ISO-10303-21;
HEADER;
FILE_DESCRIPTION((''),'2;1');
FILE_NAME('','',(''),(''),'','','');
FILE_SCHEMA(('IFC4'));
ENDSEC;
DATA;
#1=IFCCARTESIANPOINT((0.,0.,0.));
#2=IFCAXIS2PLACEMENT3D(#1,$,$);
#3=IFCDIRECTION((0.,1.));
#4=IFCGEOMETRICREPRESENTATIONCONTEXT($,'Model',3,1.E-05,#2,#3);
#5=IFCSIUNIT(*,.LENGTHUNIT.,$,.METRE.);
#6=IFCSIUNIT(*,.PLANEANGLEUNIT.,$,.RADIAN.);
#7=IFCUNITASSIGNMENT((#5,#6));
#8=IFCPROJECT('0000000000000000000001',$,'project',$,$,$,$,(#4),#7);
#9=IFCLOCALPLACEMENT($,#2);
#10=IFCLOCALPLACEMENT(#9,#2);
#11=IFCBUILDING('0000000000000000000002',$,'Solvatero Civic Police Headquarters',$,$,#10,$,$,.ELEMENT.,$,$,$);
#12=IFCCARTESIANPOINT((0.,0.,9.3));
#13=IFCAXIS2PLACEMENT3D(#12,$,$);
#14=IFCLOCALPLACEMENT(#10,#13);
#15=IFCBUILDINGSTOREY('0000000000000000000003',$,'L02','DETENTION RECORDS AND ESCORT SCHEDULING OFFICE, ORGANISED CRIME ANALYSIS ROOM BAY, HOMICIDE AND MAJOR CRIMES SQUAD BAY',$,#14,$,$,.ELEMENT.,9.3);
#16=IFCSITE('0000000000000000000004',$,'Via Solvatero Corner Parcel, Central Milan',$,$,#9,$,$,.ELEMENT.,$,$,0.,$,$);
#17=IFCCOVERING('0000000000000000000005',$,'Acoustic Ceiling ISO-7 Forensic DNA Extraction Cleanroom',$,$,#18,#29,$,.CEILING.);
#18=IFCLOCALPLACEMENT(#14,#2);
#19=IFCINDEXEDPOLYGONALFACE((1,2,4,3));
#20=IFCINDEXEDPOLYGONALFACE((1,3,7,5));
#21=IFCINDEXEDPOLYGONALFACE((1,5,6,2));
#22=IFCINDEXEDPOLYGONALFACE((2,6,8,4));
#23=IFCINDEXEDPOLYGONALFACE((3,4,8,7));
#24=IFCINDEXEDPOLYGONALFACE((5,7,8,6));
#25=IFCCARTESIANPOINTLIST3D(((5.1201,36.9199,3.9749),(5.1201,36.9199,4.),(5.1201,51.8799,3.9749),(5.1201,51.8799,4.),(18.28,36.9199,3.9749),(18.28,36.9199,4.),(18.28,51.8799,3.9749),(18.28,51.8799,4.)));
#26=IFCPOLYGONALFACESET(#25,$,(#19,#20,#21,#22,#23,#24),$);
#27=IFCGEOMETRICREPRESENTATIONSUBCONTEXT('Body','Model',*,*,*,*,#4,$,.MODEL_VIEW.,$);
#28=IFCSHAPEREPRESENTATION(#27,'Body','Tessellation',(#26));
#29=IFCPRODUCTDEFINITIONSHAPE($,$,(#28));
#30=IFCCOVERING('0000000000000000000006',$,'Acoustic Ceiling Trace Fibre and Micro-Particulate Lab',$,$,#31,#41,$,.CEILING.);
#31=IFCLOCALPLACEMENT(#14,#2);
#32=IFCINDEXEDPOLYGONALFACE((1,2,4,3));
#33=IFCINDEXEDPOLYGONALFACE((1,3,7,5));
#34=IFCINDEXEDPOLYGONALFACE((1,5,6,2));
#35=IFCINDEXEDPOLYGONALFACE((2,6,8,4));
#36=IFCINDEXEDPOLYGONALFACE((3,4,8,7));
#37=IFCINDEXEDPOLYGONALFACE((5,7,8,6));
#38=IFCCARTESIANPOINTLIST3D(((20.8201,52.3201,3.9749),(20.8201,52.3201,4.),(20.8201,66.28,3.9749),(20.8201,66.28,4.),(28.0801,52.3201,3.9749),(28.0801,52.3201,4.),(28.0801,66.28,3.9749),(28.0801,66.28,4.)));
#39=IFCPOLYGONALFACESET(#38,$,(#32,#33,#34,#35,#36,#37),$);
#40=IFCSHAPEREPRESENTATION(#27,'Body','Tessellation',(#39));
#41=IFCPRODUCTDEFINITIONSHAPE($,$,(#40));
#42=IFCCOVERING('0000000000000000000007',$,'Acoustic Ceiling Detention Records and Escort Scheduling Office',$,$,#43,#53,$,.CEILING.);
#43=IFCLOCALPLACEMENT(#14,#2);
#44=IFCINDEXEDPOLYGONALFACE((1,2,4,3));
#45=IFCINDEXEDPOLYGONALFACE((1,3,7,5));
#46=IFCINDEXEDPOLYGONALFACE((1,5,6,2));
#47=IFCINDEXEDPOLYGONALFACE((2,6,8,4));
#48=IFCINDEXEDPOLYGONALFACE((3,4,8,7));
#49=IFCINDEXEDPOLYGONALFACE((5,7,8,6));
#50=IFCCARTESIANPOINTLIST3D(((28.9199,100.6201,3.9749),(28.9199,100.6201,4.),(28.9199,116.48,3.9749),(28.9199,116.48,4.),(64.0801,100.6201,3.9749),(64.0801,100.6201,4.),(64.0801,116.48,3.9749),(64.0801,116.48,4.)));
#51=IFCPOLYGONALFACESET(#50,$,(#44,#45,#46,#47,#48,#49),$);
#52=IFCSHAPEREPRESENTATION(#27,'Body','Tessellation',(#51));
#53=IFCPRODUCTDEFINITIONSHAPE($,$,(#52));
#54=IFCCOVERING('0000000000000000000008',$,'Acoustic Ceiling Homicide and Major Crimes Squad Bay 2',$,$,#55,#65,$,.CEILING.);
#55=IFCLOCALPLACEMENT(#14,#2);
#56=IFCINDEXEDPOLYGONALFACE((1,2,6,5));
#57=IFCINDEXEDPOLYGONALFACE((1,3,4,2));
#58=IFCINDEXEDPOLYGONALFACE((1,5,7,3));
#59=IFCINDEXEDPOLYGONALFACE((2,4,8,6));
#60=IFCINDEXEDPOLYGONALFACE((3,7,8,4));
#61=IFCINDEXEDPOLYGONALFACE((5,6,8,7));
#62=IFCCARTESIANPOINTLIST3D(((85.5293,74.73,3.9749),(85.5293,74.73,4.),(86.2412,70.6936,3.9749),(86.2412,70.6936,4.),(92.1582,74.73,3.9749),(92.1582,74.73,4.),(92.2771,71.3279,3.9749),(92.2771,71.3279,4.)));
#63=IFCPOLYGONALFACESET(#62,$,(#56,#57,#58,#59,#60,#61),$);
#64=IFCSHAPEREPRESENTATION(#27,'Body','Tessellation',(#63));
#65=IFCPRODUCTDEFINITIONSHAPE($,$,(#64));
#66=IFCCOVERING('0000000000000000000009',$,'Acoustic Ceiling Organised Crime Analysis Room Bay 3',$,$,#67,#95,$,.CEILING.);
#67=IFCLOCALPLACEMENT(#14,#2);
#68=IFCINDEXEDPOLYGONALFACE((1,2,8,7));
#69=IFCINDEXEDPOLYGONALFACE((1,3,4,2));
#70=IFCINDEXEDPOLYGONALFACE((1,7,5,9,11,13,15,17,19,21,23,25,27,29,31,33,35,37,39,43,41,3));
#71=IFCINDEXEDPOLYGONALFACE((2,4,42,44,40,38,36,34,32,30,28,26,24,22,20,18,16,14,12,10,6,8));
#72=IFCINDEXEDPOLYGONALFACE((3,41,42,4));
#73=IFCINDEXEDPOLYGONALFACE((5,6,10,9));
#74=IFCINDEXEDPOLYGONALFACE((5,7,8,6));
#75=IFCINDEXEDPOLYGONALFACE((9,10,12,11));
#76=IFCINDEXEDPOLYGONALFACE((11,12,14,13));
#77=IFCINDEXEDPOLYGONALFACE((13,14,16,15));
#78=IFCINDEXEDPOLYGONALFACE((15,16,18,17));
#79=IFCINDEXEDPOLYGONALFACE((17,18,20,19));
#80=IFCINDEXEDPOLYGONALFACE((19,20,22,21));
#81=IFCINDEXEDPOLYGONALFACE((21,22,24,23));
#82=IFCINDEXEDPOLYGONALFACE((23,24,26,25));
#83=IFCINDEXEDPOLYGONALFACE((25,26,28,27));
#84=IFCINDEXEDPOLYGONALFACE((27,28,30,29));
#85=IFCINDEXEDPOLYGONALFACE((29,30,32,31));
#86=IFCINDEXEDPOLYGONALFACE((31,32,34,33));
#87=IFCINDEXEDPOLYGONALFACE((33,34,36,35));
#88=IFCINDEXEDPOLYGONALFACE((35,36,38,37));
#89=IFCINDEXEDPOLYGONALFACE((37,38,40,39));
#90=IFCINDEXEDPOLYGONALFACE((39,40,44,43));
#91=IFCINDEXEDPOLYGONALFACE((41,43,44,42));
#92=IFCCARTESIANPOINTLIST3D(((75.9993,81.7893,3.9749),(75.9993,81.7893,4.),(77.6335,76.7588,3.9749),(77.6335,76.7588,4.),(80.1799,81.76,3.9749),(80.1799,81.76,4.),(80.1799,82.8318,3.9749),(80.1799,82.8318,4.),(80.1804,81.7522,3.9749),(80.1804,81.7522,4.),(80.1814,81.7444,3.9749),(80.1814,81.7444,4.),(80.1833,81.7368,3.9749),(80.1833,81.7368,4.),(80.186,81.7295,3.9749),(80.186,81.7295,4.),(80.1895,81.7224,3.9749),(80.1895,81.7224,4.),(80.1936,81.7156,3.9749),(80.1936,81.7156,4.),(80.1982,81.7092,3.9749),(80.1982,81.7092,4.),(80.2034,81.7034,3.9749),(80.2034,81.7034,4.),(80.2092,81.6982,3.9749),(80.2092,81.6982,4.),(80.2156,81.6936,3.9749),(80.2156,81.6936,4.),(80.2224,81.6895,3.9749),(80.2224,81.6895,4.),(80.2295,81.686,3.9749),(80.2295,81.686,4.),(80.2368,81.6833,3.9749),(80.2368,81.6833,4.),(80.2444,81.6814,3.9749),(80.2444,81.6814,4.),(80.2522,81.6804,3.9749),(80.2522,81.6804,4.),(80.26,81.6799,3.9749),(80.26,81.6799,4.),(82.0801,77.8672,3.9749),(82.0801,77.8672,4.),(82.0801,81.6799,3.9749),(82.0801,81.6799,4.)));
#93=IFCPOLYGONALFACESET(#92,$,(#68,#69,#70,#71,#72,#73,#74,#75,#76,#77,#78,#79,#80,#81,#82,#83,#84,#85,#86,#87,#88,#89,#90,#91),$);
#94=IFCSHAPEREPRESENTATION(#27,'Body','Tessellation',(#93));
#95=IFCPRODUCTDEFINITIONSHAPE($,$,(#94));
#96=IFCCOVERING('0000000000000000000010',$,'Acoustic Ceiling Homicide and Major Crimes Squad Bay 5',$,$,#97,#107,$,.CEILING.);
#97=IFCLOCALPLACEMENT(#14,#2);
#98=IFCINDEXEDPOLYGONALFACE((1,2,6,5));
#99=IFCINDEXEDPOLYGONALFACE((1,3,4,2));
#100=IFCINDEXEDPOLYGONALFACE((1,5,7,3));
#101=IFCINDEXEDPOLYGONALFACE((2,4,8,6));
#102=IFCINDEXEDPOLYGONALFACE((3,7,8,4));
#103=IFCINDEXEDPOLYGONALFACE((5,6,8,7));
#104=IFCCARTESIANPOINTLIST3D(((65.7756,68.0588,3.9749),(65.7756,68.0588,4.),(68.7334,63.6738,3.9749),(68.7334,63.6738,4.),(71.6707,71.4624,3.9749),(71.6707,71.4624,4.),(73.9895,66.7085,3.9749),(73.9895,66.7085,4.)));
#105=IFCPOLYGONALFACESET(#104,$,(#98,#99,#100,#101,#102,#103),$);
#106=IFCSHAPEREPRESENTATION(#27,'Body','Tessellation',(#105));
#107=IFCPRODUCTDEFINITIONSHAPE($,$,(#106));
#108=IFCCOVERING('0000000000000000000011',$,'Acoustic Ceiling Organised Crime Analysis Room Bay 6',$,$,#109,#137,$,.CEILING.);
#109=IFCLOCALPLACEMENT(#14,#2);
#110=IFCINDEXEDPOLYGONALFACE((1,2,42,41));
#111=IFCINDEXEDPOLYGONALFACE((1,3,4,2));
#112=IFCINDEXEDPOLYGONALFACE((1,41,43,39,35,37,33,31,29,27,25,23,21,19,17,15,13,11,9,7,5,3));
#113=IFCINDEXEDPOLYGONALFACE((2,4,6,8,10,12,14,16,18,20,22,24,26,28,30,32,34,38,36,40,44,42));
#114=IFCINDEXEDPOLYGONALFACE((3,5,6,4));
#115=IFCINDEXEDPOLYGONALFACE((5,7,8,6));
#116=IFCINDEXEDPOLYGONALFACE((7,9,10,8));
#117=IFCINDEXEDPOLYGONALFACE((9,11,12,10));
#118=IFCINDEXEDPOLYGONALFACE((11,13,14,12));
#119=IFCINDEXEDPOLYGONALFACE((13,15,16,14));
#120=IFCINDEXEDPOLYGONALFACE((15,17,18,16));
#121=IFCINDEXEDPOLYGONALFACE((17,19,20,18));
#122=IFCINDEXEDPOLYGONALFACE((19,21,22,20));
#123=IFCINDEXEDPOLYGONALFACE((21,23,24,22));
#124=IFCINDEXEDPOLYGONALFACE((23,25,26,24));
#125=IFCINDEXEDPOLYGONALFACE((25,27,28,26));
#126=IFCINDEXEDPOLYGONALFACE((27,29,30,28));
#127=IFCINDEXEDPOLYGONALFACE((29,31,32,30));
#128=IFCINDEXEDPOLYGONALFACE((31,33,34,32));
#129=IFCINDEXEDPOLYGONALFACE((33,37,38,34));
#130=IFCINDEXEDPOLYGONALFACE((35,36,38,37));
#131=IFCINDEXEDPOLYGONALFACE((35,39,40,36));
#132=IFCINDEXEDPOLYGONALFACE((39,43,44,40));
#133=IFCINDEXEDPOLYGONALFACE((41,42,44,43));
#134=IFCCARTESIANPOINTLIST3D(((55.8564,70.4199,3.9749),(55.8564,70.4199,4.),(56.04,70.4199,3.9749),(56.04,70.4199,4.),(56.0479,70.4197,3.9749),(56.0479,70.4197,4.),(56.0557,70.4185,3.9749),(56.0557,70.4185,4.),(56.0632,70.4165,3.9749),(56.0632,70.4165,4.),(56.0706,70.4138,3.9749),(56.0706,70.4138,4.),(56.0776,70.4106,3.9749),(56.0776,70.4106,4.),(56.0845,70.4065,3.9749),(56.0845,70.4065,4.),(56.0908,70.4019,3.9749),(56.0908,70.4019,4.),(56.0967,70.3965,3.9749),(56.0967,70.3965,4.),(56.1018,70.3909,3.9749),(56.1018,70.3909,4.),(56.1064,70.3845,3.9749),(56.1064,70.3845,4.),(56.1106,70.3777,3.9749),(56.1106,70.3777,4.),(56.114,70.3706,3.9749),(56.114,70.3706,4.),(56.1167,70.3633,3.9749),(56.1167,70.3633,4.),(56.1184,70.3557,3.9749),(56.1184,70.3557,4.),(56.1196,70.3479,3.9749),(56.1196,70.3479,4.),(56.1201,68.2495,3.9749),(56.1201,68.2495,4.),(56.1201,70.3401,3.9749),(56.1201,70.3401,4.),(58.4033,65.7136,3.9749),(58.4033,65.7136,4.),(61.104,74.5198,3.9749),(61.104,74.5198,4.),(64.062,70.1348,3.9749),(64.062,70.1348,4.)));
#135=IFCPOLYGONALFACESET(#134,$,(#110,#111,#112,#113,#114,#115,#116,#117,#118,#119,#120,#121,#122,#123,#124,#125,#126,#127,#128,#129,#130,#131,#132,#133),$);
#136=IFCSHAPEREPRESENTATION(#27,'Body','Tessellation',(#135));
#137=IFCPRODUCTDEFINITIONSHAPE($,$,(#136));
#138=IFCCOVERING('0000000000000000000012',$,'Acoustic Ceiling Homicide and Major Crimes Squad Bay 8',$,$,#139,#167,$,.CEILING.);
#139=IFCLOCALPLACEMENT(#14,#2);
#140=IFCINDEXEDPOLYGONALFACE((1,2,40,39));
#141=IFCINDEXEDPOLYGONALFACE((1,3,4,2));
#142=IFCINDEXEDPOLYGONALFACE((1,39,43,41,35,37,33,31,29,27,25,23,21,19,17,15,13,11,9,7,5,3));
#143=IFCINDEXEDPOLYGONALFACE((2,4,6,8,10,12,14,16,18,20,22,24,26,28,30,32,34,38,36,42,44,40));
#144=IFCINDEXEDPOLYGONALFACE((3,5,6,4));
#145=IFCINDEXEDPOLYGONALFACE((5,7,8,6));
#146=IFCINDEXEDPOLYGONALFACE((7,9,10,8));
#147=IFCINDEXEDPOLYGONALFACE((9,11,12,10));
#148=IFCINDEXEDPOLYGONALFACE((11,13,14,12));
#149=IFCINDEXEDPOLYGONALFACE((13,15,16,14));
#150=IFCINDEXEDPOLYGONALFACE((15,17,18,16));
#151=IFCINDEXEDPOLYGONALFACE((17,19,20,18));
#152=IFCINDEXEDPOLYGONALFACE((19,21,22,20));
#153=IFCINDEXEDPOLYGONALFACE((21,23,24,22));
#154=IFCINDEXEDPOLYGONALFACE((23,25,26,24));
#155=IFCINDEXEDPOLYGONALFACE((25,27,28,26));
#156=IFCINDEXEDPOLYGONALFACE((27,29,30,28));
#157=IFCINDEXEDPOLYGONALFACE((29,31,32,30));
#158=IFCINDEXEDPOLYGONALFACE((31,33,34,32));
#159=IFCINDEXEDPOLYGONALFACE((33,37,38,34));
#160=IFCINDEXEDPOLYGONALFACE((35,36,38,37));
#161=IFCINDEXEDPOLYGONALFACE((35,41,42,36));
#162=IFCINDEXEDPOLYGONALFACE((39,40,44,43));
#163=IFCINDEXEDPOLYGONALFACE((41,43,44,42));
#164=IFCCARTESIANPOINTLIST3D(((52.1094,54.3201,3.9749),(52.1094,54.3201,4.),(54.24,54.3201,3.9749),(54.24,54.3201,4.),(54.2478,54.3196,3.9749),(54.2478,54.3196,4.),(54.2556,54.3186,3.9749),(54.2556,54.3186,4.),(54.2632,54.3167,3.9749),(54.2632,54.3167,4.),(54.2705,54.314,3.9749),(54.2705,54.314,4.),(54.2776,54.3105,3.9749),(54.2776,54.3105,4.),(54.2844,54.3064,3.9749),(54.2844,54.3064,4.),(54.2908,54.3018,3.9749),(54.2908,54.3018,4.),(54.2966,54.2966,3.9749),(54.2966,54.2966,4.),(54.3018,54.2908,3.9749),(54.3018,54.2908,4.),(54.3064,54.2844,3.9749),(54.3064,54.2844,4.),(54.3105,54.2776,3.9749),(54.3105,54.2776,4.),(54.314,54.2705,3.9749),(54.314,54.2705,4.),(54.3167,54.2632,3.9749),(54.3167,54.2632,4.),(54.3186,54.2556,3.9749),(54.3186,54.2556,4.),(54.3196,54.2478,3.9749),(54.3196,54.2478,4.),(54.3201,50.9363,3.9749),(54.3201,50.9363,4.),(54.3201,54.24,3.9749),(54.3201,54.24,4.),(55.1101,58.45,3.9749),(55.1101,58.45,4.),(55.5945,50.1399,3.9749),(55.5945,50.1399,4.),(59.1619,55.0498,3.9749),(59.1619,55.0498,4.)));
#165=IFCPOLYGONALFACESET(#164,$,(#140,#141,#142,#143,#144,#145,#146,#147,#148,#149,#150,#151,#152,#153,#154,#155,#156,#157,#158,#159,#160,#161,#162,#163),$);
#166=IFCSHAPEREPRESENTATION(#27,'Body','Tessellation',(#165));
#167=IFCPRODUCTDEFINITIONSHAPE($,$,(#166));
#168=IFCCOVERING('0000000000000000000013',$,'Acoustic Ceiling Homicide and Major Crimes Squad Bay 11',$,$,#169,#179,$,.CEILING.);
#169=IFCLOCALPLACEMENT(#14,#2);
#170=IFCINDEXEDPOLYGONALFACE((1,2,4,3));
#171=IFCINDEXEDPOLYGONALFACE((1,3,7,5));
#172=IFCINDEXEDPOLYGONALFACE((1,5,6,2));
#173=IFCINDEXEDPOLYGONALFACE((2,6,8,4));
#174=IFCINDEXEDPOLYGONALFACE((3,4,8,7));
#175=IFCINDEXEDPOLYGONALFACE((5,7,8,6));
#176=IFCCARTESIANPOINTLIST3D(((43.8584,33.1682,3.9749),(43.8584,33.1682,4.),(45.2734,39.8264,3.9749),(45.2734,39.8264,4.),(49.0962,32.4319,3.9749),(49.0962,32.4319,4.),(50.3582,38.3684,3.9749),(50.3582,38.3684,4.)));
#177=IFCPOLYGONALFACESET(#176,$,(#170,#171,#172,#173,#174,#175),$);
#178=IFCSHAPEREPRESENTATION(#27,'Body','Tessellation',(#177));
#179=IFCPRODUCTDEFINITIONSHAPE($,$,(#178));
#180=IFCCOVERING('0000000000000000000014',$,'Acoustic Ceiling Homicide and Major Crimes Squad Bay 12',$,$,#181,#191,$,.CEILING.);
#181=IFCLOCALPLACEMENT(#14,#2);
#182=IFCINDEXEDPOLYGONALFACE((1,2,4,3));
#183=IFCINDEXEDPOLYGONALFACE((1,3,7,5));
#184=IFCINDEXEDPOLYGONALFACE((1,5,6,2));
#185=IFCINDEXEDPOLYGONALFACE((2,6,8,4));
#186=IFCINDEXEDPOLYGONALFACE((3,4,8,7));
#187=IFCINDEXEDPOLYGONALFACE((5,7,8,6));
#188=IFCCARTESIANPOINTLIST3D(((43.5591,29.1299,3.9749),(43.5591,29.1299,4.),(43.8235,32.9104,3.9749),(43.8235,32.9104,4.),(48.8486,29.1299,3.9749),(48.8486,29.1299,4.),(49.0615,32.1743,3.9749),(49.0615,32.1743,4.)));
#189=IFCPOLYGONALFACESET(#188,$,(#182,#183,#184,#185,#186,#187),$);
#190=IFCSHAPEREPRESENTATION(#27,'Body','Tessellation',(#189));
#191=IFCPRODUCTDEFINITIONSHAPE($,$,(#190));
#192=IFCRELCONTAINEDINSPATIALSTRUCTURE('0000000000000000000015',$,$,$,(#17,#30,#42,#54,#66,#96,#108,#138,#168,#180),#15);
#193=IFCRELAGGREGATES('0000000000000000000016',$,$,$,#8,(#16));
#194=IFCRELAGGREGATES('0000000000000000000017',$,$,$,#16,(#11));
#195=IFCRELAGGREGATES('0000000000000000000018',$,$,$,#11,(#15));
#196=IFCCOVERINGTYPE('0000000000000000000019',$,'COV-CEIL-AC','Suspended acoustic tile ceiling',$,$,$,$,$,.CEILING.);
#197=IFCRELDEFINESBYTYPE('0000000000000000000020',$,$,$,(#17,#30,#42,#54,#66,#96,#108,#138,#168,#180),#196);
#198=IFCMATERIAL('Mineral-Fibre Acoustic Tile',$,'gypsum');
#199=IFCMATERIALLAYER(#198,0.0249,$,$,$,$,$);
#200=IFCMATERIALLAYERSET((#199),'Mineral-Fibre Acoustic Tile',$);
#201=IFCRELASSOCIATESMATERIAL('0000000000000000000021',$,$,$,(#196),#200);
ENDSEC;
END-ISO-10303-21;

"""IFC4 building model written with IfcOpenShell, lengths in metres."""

from ifc_helpers import new_model, si_unit, direction, frame, origin, place, context, subcontext, project, spatial, polyline, outline, extrude, material, layer, layer_set, type_object, element, save


model = new_model("IFC4")

# Units and contexts
model_context = context("Model", 3, precision=1e-05, world=origin(), true_north=direction((0.0, 1.0)))
body_context = subcontext(model_context, "Body", "Model", "MODEL_VIEW")
ifc_project = project(units=[si_unit("LENGTHUNIT", "METRE"), si_unit("PLANEANGLEUNIT", "RADIAN")], contexts=[model_context])

# Site, building, storey
site_placement = place(None, origin())
site = spatial("IfcSite", under=ifc_project, at=site_placement, Name="Via Solvatero Corner Parcel, Central Milan", CompositionType="ELEMENT", RefElevation=0.0)
building_placement = place(site_placement, origin())
building = spatial("IfcBuilding", under=site, at=building_placement, Name="Solvatero Civic Police Headquarters", CompositionType="ELEMENT")
storey_placement = place(building_placement, frame((0.0, 0.0, 9.3)))
storey = spatial("IfcBuildingStorey", under=building, at=storey_placement, Name="L02", Description="DETENTION RECORDS AND ESCORT SCHEDULING OFFICE, ORGANISED CRIME ANALYSIS ROOM BAY, HOMICIDE AND MAJOR CRIMES SQUAD BAY", CompositionType="ELEMENT", Elevation=9.3)

# Coverings
ifc_material_1 = material(Name="Mineral-Fibre Acoustic Tile", Category="gypsum")
ifc_layer_1 = layer(ifc_material_1, 0.0249)
ifc_layer_set_1 = layer_set([ifc_layer_1], Name="Mineral-Fibre Acoustic Tile")
covering_type_1 = type_object("IfcCoveringType", Name="COV-CEIL-AC", Description="Suspended acoustic tile ceiling", PredefinedType="CEILING", material=ifc_layer_set_1)
covering_1_placement = place(storey_placement, frame((0.0, 0.0, 3.9749)))
element("IfcCovering", 1, at=covering_1_placement, inside=storey, type_object=covering_type_1, Name="Acoustic Ceiling ISO-7 Forensic DNA Extraction Cleanroom", PredefinedType="CEILING", context=body_context, shape_type="SweptSolid", body=[
    extrude(outline(polyline([(5.1201, 36.9199), (5.1201, 51.8799), (18.28, 51.8799), (18.28, 36.9199), (5.1201, 36.9199)])), origin(), (0.0, 0.0, 1.0), 0.0251),
])
covering_2_placement = place(storey_placement, frame((0.0, 0.0, 3.9749)))
element("IfcCovering", 2, at=covering_2_placement, inside=storey, type_object=covering_type_1, Name="Acoustic Ceiling Trace Fibre and Micro-Particulate Lab", PredefinedType="CEILING", context=body_context, shape_type="SweptSolid", body=[
    extrude(outline(polyline([(28.0801, 66.28), (28.0801, 52.3201), (20.8201, 52.3201), (20.8201, 66.28), (28.0801, 66.28)])), origin(), (0.0, 0.0, 1.0), 0.0251),
])
covering_3_placement = place(storey_placement, frame((0.0, 0.0, 3.9749)))
element("IfcCovering", 3, at=covering_3_placement, inside=storey, type_object=covering_type_1, Name="Acoustic Ceiling Detention Records and Escort Scheduling Office", PredefinedType="CEILING", context=body_context, shape_type="SweptSolid", body=[
    extrude(outline(polyline([(28.9199, 100.6201), (28.9199, 116.48), (64.0801, 116.48), (64.0801, 100.6201), (28.9199, 100.6201)])), origin(), (0.0, 0.0, 1.0), 0.0251),
])
covering_4_placement = place(storey_placement, frame((0.0, 0.0, 3.9749)))
element("IfcCovering", 4, at=covering_4_placement, inside=storey, type_object=covering_type_1, Name="Acoustic Ceiling Homicide and Major Crimes Squad Bay 2", PredefinedType="CEILING", context=body_context, shape_type="SweptSolid", body=[
    extrude(outline(polyline([(86.2412, 70.6936), (85.5293, 74.73), (92.1582, 74.73), (92.2771, 71.3279), (86.2412, 70.6936)])), origin(), (0.0, 0.0, 1.0), 0.0251),
])
covering_5_placement = place(storey_placement, frame((0.0, 0.0, 3.9749)))
element("IfcCovering", 5, at=covering_5_placement, inside=storey, type_object=covering_type_1, Name="Acoustic Ceiling Organised Crime Analysis Room Bay 3", PredefinedType="CEILING", context=body_context, shape_type="SweptSolid", body=[
    extrude(outline(polyline([(77.6335, 76.7588), (75.9993, 81.7893), (80.1799, 82.8318), (80.1799, 81.76), (80.1804, 81.7522), (80.1814, 81.7444), (80.1833, 81.7368), (80.186, 81.7295), (80.1895, 81.7224), (80.1936, 81.7156), (80.1982, 81.7092), (80.2034, 81.7034), (80.2092, 81.6982), (80.2156, 81.6936), (80.2224, 81.6895), (80.2295, 81.686), (80.2368, 81.6833), (80.2444, 81.6814), (80.2522, 81.6804), (80.26, 81.6799), (82.0801, 81.6799), (82.0801, 77.8672), (77.6335, 76.7588)])), origin(), (0.0, 0.0, 1.0), 0.0251),
])
covering_6_placement = place(storey_placement, frame((0.0, 0.0, 3.9749)))
element("IfcCovering", 6, at=covering_6_placement, inside=storey, type_object=covering_type_1, Name="Acoustic Ceiling Homicide and Major Crimes Squad Bay 5", PredefinedType="CEILING", context=body_context, shape_type="SweptSolid", body=[
    extrude(outline(polyline([(68.7334, 63.6738), (65.7756, 68.0588), (71.6707, 71.4624), (73.9895, 66.7085), (68.7334, 63.6738)])), origin(), (0.0, 0.0, 1.0), 0.0251),
])
covering_7_placement = place(storey_placement, frame((0.0, 0.0, 3.9749)))
element("IfcCovering", 7, at=covering_7_placement, inside=storey, type_object=covering_type_1, Name="Acoustic Ceiling Organised Crime Analysis Room Bay 6", PredefinedType="CEILING", context=body_context, shape_type="SweptSolid", body=[
    extrude(outline(polyline([(61.104, 74.5198), (64.062, 70.1348), (58.4033, 65.7136), (56.1201, 68.2495), (56.1201, 70.3401), (56.1196, 70.3479), (56.1184, 70.3557), (56.1167, 70.3633), (56.114, 70.3706), (56.1106, 70.3777), (56.1064, 70.3845), (56.1018, 70.3909), (56.0967, 70.3965), (56.0908, 70.4019), (56.0845, 70.4065), (56.0776, 70.4106), (56.0706, 70.4138), (56.0632, 70.4165), (56.0557, 70.4185), (56.0479, 70.4197), (56.04, 70.4199), (55.8564, 70.4199), (61.104, 74.5198)])), origin(), (0.0, 0.0, 1.0), 0.0251),
])
covering_8_placement = place(storey_placement, frame((0.0, 0.0, 3.9749)))
element("IfcCovering", 8, at=covering_8_placement, inside=storey, type_object=covering_type_1, Name="Acoustic Ceiling Homicide and Major Crimes Squad Bay 8", PredefinedType="CEILING", context=body_context, shape_type="SweptSolid", body=[
    extrude(outline(polyline([(55.1101, 58.45), (59.1619, 55.0498), (55.5945, 50.1399), (54.3201, 50.9363), (54.3201, 54.24), (54.3196, 54.2478), (54.3186, 54.2556), (54.3167, 54.2632), (54.314, 54.2705), (54.3105, 54.2776), (54.3064, 54.2844), (54.3018, 54.2908), (54.2966, 54.2966), (54.2908, 54.3018), (54.2844, 54.3064), (54.2776, 54.3105), (54.2705, 54.314), (54.2632, 54.3167), (54.2556, 54.3186), (54.2478, 54.3196), (54.24, 54.3201), (52.1094, 54.3201), (55.1101, 58.45)])), origin(), (0.0, 0.0, 1.0), 0.0251),
])
covering_9_placement = place(storey_placement, frame((0.0, 0.0, 3.9749)))
element("IfcCovering", 9, at=covering_9_placement, inside=storey, type_object=covering_type_1, Name="Acoustic Ceiling Homicide and Major Crimes Squad Bay 11", PredefinedType="CEILING", context=body_context, shape_type="SweptSolid", body=[
    extrude(outline(polyline([(49.0962, 32.4319), (43.8584, 33.1682), (45.2734, 39.8264), (50.3582, 38.3684), (49.0962, 32.4319)])), origin(), (0.0, 0.0, 1.0), 0.0251),
])
covering_10_placement = place(storey_placement, frame((0.0, 0.0, 3.9749)))
element("IfcCovering", 10, at=covering_10_placement, inside=storey, type_object=covering_type_1, Name="Acoustic Ceiling Homicide and Major Crimes Squad Bay 12", PredefinedType="CEILING", context=body_context, shape_type="SweptSolid", body=[
    extrude(outline(polyline([(48.8486, 29.1299), (43.5591, 29.1299), (43.8235, 32.9104), (49.0615, 32.1743), (48.8486, 29.1299)])), origin(), (0.0, 0.0, 1.0), 0.0251),
])

save(model, "model.ifc")
